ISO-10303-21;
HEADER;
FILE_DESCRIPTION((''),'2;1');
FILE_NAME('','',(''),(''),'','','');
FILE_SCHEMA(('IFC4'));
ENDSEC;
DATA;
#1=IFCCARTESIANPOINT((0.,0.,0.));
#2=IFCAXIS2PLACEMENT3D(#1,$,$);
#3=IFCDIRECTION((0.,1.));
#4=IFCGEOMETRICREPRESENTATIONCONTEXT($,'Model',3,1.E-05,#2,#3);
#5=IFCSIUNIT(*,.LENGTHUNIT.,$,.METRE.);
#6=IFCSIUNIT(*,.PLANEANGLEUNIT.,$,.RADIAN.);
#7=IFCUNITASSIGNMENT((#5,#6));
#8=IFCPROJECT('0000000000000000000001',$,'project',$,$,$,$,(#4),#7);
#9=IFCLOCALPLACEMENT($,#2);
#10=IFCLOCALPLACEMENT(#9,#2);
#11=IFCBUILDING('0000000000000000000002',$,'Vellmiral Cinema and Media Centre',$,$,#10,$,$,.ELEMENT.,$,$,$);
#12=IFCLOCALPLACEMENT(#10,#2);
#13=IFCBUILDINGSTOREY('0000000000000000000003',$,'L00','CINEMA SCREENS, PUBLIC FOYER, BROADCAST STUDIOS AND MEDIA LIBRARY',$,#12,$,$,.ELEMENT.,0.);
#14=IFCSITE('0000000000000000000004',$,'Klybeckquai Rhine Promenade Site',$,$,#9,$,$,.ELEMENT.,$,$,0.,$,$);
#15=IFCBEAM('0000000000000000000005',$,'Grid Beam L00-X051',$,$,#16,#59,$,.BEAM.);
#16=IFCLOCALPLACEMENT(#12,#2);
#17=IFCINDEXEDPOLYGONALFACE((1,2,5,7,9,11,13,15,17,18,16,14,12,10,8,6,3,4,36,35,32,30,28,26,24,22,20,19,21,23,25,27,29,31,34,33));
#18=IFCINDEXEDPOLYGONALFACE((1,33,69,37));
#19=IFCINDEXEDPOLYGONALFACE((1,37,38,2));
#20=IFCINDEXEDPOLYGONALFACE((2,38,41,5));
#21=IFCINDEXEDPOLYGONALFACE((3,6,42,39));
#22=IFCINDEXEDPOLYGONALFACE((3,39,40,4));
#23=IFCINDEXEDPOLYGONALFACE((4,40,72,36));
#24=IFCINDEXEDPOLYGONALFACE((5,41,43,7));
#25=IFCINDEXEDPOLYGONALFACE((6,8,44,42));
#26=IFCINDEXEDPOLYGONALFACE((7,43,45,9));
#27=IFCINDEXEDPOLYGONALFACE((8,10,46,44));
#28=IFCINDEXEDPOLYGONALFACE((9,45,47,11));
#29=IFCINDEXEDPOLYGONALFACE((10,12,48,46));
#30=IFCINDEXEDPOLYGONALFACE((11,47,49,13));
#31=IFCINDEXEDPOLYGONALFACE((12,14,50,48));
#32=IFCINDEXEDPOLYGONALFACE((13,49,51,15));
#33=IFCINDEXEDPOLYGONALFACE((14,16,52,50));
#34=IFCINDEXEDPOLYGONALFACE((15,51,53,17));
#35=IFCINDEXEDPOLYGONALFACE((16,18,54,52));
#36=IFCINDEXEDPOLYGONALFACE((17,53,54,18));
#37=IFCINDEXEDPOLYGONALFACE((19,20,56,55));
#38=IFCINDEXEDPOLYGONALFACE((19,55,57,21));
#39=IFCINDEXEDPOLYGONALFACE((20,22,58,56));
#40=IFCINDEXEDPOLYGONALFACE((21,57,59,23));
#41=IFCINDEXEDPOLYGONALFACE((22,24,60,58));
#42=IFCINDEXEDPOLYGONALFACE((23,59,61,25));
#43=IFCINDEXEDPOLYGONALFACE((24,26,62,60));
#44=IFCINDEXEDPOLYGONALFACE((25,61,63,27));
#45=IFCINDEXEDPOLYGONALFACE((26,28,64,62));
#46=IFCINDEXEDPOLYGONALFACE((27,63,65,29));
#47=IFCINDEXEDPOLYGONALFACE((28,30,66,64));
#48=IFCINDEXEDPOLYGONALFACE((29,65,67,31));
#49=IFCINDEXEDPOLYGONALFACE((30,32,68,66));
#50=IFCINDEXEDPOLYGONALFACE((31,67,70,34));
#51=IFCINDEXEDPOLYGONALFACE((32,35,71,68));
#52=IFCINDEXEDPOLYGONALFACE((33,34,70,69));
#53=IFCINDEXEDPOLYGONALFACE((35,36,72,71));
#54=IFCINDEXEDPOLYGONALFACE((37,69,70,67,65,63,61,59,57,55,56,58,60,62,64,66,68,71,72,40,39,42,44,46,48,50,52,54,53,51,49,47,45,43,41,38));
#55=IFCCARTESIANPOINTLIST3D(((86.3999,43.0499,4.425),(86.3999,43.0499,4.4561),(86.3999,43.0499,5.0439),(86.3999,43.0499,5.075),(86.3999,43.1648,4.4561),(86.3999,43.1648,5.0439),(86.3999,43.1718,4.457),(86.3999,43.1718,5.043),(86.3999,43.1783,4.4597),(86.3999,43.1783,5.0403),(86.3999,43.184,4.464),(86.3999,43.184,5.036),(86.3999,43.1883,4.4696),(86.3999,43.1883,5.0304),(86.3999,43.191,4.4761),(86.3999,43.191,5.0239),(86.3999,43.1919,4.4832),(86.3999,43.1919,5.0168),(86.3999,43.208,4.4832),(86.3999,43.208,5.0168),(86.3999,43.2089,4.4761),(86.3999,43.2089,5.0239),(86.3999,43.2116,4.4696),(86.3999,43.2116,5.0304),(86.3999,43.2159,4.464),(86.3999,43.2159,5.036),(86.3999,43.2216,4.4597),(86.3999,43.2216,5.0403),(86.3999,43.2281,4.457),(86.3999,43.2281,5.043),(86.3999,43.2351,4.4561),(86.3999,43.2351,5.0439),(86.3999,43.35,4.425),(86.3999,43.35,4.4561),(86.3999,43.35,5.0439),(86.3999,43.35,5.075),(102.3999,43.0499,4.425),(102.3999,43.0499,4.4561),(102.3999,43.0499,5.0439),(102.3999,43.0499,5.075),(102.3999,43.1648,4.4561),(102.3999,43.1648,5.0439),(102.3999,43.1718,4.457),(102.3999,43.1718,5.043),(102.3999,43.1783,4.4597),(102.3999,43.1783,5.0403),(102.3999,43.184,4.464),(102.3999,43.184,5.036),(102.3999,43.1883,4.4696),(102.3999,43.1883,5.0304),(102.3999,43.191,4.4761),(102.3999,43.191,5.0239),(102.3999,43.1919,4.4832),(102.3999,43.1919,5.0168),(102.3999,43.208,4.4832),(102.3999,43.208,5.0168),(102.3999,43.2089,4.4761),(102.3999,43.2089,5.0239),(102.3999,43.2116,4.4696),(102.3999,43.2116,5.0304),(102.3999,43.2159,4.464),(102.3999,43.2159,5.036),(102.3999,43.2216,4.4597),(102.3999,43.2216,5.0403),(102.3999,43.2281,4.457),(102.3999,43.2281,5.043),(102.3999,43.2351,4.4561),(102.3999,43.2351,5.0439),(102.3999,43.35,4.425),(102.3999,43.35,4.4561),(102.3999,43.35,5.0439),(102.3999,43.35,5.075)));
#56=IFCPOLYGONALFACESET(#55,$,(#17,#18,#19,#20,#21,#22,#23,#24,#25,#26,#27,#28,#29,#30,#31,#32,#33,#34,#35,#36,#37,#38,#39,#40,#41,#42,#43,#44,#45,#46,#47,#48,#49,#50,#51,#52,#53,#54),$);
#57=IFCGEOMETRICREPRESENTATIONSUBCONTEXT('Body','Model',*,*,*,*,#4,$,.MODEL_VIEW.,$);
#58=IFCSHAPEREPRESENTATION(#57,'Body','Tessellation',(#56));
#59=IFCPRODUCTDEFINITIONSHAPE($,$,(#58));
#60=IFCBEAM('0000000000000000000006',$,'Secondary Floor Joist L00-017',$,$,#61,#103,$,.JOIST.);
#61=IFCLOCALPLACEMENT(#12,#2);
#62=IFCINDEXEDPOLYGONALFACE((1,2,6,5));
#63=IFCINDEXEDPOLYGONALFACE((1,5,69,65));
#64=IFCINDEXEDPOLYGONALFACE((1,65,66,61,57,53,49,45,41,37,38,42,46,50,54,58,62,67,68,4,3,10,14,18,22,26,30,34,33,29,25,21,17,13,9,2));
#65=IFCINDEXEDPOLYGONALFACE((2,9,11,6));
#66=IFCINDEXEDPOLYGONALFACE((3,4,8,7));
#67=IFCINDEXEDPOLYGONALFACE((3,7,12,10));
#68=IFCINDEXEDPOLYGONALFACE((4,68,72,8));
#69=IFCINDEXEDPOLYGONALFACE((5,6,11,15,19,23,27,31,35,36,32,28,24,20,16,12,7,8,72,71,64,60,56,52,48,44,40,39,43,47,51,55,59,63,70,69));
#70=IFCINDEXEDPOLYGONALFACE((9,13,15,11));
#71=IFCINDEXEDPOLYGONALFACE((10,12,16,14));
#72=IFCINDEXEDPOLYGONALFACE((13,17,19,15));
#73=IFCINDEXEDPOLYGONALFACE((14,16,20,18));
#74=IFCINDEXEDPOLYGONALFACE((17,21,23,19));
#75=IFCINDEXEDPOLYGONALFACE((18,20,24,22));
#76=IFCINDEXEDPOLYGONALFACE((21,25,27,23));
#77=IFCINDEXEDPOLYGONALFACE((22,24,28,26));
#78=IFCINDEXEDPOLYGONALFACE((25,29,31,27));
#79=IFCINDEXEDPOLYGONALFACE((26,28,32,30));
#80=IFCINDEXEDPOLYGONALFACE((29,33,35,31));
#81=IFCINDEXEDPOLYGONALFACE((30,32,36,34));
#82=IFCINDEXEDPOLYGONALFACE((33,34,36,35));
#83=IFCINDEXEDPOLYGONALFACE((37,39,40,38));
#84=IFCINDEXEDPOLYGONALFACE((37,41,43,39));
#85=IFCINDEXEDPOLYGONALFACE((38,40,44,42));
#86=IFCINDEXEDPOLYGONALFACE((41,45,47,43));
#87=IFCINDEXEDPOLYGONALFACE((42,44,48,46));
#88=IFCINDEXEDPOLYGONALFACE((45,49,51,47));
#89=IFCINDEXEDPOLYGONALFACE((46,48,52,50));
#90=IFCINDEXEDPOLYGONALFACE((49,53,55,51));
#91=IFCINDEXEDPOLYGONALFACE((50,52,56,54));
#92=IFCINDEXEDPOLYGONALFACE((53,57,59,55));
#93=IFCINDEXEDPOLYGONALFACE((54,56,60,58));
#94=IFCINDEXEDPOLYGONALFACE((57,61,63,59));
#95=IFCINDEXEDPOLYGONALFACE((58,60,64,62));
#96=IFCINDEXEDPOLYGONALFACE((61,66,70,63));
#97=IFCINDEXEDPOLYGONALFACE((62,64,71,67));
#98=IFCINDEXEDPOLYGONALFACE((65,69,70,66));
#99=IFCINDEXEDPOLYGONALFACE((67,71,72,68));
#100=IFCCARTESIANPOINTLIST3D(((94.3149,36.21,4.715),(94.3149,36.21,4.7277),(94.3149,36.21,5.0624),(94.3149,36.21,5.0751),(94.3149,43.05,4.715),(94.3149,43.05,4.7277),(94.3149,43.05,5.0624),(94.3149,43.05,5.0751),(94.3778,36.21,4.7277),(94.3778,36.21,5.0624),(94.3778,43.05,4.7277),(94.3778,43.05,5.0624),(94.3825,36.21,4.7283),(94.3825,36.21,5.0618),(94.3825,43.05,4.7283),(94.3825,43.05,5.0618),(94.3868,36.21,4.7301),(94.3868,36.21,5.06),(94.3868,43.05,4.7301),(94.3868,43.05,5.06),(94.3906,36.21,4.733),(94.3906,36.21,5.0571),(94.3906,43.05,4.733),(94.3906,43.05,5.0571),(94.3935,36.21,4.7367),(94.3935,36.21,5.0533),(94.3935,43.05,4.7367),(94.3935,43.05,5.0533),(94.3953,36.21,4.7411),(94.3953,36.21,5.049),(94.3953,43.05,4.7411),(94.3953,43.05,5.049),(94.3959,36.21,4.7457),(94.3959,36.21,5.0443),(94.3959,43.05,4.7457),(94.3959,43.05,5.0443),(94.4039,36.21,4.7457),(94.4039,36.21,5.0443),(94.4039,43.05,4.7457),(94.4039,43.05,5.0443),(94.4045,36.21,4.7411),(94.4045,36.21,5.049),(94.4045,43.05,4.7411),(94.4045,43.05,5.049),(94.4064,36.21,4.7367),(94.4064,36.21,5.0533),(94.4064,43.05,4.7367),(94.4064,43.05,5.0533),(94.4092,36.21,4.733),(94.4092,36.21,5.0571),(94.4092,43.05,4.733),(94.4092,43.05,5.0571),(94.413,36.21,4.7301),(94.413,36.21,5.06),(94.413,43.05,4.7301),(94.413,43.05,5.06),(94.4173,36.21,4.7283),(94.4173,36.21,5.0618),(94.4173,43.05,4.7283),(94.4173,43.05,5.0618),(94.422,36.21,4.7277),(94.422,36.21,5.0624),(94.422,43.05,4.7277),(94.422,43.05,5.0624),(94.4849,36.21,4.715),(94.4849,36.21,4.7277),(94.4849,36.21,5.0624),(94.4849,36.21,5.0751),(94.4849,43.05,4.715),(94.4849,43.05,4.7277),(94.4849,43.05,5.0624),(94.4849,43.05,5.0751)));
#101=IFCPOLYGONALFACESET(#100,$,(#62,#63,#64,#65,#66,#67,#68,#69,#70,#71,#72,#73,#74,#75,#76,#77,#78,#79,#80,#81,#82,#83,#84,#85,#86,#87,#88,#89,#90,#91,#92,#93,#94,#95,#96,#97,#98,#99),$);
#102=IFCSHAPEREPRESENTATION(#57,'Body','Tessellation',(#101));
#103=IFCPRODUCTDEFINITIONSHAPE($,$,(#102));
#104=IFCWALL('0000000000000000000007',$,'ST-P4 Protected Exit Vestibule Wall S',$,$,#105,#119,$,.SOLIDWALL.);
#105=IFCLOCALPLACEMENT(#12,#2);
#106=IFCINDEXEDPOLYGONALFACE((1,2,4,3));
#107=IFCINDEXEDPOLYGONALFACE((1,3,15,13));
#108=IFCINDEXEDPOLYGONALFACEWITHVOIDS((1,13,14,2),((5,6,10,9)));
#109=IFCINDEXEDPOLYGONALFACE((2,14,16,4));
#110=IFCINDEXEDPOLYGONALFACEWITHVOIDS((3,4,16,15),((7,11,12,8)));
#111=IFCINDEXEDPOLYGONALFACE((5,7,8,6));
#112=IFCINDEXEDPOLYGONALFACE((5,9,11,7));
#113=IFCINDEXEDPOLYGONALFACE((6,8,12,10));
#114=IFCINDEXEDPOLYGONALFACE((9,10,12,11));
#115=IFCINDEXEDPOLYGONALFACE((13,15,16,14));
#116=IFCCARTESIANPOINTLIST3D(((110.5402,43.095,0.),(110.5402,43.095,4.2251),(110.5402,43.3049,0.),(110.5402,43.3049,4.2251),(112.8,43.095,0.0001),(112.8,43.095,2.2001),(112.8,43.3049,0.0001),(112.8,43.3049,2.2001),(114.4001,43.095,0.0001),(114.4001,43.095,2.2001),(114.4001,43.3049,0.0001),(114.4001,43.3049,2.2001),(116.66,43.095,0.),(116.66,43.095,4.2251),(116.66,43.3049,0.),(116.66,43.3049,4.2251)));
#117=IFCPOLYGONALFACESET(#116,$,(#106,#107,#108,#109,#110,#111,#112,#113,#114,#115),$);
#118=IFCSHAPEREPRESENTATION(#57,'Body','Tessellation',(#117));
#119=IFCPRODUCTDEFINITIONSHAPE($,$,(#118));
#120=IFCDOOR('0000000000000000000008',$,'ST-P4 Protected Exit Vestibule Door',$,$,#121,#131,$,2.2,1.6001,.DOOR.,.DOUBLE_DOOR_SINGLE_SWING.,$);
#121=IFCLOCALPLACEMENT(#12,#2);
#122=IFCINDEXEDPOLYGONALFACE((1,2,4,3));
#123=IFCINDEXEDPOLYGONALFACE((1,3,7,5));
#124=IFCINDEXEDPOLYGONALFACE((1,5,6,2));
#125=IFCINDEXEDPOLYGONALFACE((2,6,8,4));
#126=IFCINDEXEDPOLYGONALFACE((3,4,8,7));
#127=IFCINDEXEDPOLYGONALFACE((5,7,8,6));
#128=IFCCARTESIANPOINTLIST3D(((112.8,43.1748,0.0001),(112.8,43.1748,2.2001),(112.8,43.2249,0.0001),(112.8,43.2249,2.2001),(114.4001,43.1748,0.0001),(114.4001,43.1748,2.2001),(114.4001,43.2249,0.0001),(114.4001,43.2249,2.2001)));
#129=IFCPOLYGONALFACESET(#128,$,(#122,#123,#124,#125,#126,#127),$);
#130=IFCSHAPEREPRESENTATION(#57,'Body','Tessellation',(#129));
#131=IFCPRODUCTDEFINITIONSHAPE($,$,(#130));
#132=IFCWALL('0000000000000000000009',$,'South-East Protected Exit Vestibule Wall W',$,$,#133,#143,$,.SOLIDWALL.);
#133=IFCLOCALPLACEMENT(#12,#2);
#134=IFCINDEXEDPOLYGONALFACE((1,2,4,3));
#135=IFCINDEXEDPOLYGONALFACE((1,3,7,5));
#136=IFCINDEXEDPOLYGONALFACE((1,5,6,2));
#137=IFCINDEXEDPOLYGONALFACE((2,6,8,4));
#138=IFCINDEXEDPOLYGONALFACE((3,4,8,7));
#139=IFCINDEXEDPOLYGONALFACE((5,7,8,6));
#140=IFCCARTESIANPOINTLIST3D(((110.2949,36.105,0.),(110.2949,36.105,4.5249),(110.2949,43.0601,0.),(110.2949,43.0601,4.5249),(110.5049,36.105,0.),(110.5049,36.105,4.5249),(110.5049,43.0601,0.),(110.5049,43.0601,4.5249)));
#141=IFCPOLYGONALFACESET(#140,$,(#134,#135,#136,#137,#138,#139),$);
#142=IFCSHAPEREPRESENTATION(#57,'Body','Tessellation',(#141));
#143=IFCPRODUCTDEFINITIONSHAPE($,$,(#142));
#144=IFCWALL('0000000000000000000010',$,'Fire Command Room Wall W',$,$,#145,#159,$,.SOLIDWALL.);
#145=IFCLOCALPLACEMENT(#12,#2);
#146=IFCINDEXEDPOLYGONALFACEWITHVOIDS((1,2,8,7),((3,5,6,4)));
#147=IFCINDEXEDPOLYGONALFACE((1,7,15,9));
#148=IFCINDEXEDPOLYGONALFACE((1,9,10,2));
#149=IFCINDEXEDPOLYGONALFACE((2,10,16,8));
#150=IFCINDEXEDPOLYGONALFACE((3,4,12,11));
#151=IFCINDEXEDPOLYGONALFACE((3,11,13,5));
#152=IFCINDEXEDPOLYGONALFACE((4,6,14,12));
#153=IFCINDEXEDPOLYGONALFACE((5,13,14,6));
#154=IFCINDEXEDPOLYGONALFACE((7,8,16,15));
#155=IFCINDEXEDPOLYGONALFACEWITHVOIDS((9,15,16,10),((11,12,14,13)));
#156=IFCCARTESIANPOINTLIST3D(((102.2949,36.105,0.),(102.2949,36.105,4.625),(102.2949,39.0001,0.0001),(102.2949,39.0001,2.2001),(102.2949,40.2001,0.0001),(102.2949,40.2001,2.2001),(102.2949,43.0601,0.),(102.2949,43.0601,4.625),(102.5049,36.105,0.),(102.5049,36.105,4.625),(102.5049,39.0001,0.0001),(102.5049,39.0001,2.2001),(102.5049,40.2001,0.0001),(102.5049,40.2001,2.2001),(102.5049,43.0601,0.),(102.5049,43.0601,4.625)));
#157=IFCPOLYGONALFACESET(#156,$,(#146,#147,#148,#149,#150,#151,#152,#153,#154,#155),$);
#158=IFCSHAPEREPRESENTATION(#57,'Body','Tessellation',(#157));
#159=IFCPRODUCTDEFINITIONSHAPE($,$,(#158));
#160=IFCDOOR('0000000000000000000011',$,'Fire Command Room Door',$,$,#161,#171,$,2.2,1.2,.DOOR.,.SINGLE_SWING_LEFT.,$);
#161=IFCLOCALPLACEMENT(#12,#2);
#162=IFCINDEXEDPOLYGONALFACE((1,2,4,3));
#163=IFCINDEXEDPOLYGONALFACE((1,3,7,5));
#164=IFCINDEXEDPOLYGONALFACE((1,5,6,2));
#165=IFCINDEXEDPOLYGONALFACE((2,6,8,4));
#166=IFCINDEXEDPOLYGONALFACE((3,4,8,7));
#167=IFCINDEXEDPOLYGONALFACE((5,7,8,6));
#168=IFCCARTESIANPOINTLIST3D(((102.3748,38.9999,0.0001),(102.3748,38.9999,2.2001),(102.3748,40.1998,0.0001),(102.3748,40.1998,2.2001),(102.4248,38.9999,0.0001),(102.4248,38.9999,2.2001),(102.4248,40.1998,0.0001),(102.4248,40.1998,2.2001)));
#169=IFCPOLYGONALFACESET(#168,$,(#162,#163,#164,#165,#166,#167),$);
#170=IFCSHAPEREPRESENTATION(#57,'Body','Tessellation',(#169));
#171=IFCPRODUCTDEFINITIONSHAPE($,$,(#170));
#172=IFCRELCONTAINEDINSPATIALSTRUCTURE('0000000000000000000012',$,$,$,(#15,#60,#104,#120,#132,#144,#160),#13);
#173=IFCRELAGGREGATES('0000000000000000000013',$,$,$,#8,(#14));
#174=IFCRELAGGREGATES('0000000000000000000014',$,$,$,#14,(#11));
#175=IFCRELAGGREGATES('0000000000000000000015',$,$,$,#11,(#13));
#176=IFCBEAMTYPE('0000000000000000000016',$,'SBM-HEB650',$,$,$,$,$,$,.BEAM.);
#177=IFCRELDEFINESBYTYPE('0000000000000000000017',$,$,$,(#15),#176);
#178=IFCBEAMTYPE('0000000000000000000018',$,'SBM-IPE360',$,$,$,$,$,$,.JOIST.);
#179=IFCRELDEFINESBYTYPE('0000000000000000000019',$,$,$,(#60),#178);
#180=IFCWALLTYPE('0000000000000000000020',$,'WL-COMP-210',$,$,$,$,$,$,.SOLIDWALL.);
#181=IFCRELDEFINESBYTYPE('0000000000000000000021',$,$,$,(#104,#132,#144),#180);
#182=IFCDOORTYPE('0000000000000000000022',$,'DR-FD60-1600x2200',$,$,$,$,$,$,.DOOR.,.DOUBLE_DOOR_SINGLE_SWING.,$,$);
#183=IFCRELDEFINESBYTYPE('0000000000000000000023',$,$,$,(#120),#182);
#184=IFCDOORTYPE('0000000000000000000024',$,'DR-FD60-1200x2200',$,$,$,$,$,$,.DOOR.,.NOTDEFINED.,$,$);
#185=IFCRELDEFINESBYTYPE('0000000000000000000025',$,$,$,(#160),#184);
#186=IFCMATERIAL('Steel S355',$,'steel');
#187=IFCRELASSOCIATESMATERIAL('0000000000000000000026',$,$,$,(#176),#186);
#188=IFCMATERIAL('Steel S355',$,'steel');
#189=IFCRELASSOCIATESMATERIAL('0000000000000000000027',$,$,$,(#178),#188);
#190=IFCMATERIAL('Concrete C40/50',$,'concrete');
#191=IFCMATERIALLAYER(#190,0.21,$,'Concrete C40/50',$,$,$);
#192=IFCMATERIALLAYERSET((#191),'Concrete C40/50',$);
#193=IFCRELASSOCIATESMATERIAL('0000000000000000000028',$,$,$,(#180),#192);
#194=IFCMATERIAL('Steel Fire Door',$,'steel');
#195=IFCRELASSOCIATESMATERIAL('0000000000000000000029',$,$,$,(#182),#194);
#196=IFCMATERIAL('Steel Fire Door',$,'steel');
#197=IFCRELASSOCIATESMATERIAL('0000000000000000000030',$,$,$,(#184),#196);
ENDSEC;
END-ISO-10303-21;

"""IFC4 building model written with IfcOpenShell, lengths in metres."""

from ifc_helpers import new_model, si_unit, direction, frame, frame_2d, origin, origin_2d, place, context, subcontext, project, spatial, rectangle, i_section, extrude, material, layer, layer_set, material_profile, profile_set, type_object, element, fill, save


model = new_model("IFC4")

# Units and contexts
model_context = context("Model", 3, precision=1e-05, world=origin(), true_north=direction((0.0, 1.0)))
body_context = subcontext(model_context, "Body", "Model", "MODEL_VIEW")
ifc_project = project(units=[si_unit("LENGTHUNIT", "METRE"), si_unit("PLANEANGLEUNIT", "RADIAN")], contexts=[model_context])

# Site, building, storey
site_placement = place(None, origin())
site = spatial("IfcSite", under=ifc_project, at=site_placement, Name="Klybeckquai Rhine Promenade Site", CompositionType="ELEMENT", RefElevation=0.0)
building_placement = place(site_placement, origin())
building = spatial("IfcBuilding", under=site, at=building_placement, Name="Vellmiral Cinema and Media Centre", CompositionType="ELEMENT")
storey_placement = place(building_placement, origin())
storey = spatial("IfcBuildingStorey", under=building, at=storey_placement, Name="L00", Description="CINEMA SCREENS, PUBLIC FOYER, BROADCAST STUDIOS AND MEDIA LIBRARY", CompositionType="ELEMENT", Elevation=0.0)

# Beams
ifc_material_1 = material(Name="Steel S355", Category="steel")
ifc_material_profile_1 = material_profile(ifc_material_1, i_section(OverallWidth=0.3, OverallDepth=0.6499, WebThickness=0.0161, FlangeThickness=0.031, FilletRadius=0.0271, at=origin_2d()), Name="HEB 650")
ifc_profile_set_1 = profile_set([ifc_material_profile_1], Name="Steel S355")
beam_type_1 = type_object("IfcBeamType", Name="SBM-HEB650", PredefinedType="BEAM", material=ifc_profile_set_1)
beam_1_placement = place(storey_placement, frame((86.3999, 43.2, 4.75), z_axis=(1.0, 0.0, 0.0), x_axis=(0.0, 1.0, 0.0)))
element("IfcBeam", 1, at=beam_1_placement, inside=storey, type_object=beam_type_1, Name="Grid Beam L00-X051", PredefinedType="BEAM", context=body_context, shape_type="SweptSolid", body=[
    extrude(i_section(OverallWidth=0.3, OverallDepth=0.6499, WebThickness=0.0161, FlangeThickness=0.031, FilletRadius=0.0271, at=origin_2d()), origin(), (0.0, 0.0, 1.0), 16.0),
])
ifc_material_2 = material(Name="Steel S355", Category="steel")
ifc_material_profile_2 = material_profile(ifc_material_2, i_section(OverallWidth=0.1699, OverallDepth=0.3601, WebThickness=0.0081, FlangeThickness=0.0127, FilletRadius=0.0181, at=origin_2d()), Name="IPE 360")
ifc_profile_set_2 = profile_set([ifc_material_profile_2], Name="Steel S355")
beam_type_2 = type_object("IfcBeamType", Name="SBM-IPE360", PredefinedType="JOIST", material=ifc_profile_set_2)
beam_2_placement = place(storey_placement, frame((94.3999, 36.21, 4.895), z_axis=(0.0, 1.0, 0.0), x_axis=(-1.0, 0.0, 0.0)))
element("IfcBeam", 2, at=beam_2_placement, inside=storey, type_object=beam_type_2, Name="Secondary Floor Joist L00-017", PredefinedType="JOIST", context=body_context, shape_type="SweptSolid", body=[
    extrude(i_section(OverallWidth=0.1699, OverallDepth=0.3601, WebThickness=0.0081, FlangeThickness=0.0127, FilletRadius=0.0181, at=origin_2d()), origin(), (0.0, 0.0, 1.0), 6.8401),
])

# Wall, opening, door
ifc_material_3 = material(Name="Concrete C40/50", Category="concrete")
ifc_layer_1 = layer(ifc_material_3, 0.21, Name="Concrete C40/50")
ifc_layer_set_1 = layer_set([ifc_layer_1], Name="Concrete C40/50")
wall_type_1 = type_object("IfcWallType", Name="WL-COMP-210", PredefinedType="SOLIDWALL", material=ifc_layer_set_1)
wall_1_placement = place(storey_placement, frame((110.54, 43.2, 0.0), z_axis=(0.0, 0.0, 1.0), x_axis=(1.0, 0.0, 0.0)))
wall_1 = element("IfcWall", 3, at=wall_1_placement, inside=storey, type_object=wall_type_1, Name="ST-P4 Protected Exit Vestibule Wall S", PredefinedType="SOLIDWALL", context=body_context, shape_type="SweptSolid", body=[
    extrude(rectangle(XDim=6.1199, YDim=0.21, at=frame_2d((3.0601, 0.0))), origin(), (0.0, 0.0, 1.0), 4.2251),
])
opening_1_placement = place(wall_1_placement, frame((2.26, 0.0, 0.0)))
opening_1 = element("IfcOpeningElement", 4, at=opening_1_placement, cuts=wall_1, PredefinedType="OPENING", context=body_context, shape_type="SweptSolid", body=[
    extrude(rectangle(XDim=1.6001, YDim=2.2, at=frame_2d((0.8, 1.1001))), frame((0.0, 0.1169, 0.0), z_axis=(0.0, -1.0, 0.0), x_axis=(1.0, 0.0, 0.0)), (0.0, 0.0, 1.0), 0.2339),
])
ifc_material_4 = material(Name="Steel Fire Door", Category="steel")
door_type_1 = type_object("IfcDoorType", Name="DR-FD60-1600x2200", OperationType="DOUBLE_DOOR_SINGLE_SWING", PredefinedType="DOOR", material=ifc_material_4)
door_1_placement = place(opening_1_placement, origin())
door_1 = element("IfcDoor", 5, at=door_1_placement, inside=storey, type_object=door_type_1, Name="ST-P4 Protected Exit Vestibule Door", OperationType="DOUBLE_DOOR_SINGLE_SWING", OverallHeight=2.2, OverallWidth=1.6001, PredefinedType="DOOR", context=body_context, shape_type="SweptSolid", body=[
    extrude(rectangle(XDim=1.6001, YDim=2.2, at=frame_2d((0.8, 1.1001))), frame((0.0, 0.0249, 0.0), z_axis=(0.0, -1.0, 0.0), x_axis=(1.0, 0.0, 0.0)), (0.0, 0.0, 1.0), 0.05),
])
fill(opening_1, door_1)

# Wall
wall_2_placement = place(storey_placement, frame((110.3999, 36.105, 0.0), z_axis=(0.0, 0.0, 1.0), x_axis=(0.0, 1.0, 0.0)))
element("IfcWall", 6, at=wall_2_placement, inside=storey, type_object=wall_type_1, Name="South-East Protected Exit Vestibule Wall W", PredefinedType="SOLIDWALL", context=body_context, shape_type="SweptSolid", body=[
    extrude(rectangle(XDim=6.9551, YDim=0.21, at=frame_2d((3.4775, 0.0))), origin(), (0.0, 0.0, 1.0), 4.5249),
])

# Wall, opening, door
wall_3_placement = place(storey_placement, frame((102.3999, 36.105, 0.0), z_axis=(0.0, 0.0, 1.0), x_axis=(0.0, 1.0, 0.0)))
wall_3 = element("IfcWall", 7, at=wall_3_placement, inside=storey, type_object=wall_type_1, Name="Fire Command Room Wall W", PredefinedType="SOLIDWALL", context=body_context, shape_type="SweptSolid", body=[
    extrude(rectangle(XDim=6.9551, YDim=0.21, at=frame_2d((3.4775, 0.0))), origin(), (0.0, 0.0, 1.0), 4.625),
])
opening_2_placement = place(wall_3_placement, frame((2.895, 0.0, 0.0)))
opening_2 = element("IfcOpeningElement", 8, at=opening_2_placement, cuts=wall_3, PredefinedType="OPENING", context=body_context, shape_type="SweptSolid", body=[
    extrude(rectangle(XDim=1.2, YDim=2.2, at=frame_2d((0.6001, 1.1001))), frame((0.0, 0.1169, 0.0), z_axis=(0.0, -1.0, 0.0), x_axis=(1.0, 0.0, 0.0)), (0.0, 0.0, 1.0), 0.2339),
])
ifc_material_5 = material(Name="Steel Fire Door", Category="steel")
door_type_2 = type_object("IfcDoorType", Name="DR-FD60-1200x2200", OperationType="NOTDEFINED", PredefinedType="DOOR", material=ifc_material_5)
door_2_placement = place(opening_2_placement, frame((1.2, 0.0, 0.0), z_axis=(0.0, 0.0, 1.0), x_axis=(-1.0, 0.0, 0.0)))
door_2 = element("IfcDoor", 9, at=door_2_placement, inside=storey, type_object=door_type_2, Name="Fire Command Room Door", OperationType="SINGLE_SWING_LEFT", OverallHeight=2.2, OverallWidth=1.2, PredefinedType="DOOR", context=body_context, shape_type="SweptSolid", body=[
    extrude(rectangle(XDim=1.2, YDim=2.2, at=frame_2d((0.6001, 1.1001))), frame((0.0, 0.0249, 0.0), z_axis=(0.0, -1.0, 0.0), x_axis=(1.0, 0.0, 0.0)), (0.0, 0.0, 1.0), 0.05),
])
fill(opening_2, door_2)

save(model, "model.ifc")
